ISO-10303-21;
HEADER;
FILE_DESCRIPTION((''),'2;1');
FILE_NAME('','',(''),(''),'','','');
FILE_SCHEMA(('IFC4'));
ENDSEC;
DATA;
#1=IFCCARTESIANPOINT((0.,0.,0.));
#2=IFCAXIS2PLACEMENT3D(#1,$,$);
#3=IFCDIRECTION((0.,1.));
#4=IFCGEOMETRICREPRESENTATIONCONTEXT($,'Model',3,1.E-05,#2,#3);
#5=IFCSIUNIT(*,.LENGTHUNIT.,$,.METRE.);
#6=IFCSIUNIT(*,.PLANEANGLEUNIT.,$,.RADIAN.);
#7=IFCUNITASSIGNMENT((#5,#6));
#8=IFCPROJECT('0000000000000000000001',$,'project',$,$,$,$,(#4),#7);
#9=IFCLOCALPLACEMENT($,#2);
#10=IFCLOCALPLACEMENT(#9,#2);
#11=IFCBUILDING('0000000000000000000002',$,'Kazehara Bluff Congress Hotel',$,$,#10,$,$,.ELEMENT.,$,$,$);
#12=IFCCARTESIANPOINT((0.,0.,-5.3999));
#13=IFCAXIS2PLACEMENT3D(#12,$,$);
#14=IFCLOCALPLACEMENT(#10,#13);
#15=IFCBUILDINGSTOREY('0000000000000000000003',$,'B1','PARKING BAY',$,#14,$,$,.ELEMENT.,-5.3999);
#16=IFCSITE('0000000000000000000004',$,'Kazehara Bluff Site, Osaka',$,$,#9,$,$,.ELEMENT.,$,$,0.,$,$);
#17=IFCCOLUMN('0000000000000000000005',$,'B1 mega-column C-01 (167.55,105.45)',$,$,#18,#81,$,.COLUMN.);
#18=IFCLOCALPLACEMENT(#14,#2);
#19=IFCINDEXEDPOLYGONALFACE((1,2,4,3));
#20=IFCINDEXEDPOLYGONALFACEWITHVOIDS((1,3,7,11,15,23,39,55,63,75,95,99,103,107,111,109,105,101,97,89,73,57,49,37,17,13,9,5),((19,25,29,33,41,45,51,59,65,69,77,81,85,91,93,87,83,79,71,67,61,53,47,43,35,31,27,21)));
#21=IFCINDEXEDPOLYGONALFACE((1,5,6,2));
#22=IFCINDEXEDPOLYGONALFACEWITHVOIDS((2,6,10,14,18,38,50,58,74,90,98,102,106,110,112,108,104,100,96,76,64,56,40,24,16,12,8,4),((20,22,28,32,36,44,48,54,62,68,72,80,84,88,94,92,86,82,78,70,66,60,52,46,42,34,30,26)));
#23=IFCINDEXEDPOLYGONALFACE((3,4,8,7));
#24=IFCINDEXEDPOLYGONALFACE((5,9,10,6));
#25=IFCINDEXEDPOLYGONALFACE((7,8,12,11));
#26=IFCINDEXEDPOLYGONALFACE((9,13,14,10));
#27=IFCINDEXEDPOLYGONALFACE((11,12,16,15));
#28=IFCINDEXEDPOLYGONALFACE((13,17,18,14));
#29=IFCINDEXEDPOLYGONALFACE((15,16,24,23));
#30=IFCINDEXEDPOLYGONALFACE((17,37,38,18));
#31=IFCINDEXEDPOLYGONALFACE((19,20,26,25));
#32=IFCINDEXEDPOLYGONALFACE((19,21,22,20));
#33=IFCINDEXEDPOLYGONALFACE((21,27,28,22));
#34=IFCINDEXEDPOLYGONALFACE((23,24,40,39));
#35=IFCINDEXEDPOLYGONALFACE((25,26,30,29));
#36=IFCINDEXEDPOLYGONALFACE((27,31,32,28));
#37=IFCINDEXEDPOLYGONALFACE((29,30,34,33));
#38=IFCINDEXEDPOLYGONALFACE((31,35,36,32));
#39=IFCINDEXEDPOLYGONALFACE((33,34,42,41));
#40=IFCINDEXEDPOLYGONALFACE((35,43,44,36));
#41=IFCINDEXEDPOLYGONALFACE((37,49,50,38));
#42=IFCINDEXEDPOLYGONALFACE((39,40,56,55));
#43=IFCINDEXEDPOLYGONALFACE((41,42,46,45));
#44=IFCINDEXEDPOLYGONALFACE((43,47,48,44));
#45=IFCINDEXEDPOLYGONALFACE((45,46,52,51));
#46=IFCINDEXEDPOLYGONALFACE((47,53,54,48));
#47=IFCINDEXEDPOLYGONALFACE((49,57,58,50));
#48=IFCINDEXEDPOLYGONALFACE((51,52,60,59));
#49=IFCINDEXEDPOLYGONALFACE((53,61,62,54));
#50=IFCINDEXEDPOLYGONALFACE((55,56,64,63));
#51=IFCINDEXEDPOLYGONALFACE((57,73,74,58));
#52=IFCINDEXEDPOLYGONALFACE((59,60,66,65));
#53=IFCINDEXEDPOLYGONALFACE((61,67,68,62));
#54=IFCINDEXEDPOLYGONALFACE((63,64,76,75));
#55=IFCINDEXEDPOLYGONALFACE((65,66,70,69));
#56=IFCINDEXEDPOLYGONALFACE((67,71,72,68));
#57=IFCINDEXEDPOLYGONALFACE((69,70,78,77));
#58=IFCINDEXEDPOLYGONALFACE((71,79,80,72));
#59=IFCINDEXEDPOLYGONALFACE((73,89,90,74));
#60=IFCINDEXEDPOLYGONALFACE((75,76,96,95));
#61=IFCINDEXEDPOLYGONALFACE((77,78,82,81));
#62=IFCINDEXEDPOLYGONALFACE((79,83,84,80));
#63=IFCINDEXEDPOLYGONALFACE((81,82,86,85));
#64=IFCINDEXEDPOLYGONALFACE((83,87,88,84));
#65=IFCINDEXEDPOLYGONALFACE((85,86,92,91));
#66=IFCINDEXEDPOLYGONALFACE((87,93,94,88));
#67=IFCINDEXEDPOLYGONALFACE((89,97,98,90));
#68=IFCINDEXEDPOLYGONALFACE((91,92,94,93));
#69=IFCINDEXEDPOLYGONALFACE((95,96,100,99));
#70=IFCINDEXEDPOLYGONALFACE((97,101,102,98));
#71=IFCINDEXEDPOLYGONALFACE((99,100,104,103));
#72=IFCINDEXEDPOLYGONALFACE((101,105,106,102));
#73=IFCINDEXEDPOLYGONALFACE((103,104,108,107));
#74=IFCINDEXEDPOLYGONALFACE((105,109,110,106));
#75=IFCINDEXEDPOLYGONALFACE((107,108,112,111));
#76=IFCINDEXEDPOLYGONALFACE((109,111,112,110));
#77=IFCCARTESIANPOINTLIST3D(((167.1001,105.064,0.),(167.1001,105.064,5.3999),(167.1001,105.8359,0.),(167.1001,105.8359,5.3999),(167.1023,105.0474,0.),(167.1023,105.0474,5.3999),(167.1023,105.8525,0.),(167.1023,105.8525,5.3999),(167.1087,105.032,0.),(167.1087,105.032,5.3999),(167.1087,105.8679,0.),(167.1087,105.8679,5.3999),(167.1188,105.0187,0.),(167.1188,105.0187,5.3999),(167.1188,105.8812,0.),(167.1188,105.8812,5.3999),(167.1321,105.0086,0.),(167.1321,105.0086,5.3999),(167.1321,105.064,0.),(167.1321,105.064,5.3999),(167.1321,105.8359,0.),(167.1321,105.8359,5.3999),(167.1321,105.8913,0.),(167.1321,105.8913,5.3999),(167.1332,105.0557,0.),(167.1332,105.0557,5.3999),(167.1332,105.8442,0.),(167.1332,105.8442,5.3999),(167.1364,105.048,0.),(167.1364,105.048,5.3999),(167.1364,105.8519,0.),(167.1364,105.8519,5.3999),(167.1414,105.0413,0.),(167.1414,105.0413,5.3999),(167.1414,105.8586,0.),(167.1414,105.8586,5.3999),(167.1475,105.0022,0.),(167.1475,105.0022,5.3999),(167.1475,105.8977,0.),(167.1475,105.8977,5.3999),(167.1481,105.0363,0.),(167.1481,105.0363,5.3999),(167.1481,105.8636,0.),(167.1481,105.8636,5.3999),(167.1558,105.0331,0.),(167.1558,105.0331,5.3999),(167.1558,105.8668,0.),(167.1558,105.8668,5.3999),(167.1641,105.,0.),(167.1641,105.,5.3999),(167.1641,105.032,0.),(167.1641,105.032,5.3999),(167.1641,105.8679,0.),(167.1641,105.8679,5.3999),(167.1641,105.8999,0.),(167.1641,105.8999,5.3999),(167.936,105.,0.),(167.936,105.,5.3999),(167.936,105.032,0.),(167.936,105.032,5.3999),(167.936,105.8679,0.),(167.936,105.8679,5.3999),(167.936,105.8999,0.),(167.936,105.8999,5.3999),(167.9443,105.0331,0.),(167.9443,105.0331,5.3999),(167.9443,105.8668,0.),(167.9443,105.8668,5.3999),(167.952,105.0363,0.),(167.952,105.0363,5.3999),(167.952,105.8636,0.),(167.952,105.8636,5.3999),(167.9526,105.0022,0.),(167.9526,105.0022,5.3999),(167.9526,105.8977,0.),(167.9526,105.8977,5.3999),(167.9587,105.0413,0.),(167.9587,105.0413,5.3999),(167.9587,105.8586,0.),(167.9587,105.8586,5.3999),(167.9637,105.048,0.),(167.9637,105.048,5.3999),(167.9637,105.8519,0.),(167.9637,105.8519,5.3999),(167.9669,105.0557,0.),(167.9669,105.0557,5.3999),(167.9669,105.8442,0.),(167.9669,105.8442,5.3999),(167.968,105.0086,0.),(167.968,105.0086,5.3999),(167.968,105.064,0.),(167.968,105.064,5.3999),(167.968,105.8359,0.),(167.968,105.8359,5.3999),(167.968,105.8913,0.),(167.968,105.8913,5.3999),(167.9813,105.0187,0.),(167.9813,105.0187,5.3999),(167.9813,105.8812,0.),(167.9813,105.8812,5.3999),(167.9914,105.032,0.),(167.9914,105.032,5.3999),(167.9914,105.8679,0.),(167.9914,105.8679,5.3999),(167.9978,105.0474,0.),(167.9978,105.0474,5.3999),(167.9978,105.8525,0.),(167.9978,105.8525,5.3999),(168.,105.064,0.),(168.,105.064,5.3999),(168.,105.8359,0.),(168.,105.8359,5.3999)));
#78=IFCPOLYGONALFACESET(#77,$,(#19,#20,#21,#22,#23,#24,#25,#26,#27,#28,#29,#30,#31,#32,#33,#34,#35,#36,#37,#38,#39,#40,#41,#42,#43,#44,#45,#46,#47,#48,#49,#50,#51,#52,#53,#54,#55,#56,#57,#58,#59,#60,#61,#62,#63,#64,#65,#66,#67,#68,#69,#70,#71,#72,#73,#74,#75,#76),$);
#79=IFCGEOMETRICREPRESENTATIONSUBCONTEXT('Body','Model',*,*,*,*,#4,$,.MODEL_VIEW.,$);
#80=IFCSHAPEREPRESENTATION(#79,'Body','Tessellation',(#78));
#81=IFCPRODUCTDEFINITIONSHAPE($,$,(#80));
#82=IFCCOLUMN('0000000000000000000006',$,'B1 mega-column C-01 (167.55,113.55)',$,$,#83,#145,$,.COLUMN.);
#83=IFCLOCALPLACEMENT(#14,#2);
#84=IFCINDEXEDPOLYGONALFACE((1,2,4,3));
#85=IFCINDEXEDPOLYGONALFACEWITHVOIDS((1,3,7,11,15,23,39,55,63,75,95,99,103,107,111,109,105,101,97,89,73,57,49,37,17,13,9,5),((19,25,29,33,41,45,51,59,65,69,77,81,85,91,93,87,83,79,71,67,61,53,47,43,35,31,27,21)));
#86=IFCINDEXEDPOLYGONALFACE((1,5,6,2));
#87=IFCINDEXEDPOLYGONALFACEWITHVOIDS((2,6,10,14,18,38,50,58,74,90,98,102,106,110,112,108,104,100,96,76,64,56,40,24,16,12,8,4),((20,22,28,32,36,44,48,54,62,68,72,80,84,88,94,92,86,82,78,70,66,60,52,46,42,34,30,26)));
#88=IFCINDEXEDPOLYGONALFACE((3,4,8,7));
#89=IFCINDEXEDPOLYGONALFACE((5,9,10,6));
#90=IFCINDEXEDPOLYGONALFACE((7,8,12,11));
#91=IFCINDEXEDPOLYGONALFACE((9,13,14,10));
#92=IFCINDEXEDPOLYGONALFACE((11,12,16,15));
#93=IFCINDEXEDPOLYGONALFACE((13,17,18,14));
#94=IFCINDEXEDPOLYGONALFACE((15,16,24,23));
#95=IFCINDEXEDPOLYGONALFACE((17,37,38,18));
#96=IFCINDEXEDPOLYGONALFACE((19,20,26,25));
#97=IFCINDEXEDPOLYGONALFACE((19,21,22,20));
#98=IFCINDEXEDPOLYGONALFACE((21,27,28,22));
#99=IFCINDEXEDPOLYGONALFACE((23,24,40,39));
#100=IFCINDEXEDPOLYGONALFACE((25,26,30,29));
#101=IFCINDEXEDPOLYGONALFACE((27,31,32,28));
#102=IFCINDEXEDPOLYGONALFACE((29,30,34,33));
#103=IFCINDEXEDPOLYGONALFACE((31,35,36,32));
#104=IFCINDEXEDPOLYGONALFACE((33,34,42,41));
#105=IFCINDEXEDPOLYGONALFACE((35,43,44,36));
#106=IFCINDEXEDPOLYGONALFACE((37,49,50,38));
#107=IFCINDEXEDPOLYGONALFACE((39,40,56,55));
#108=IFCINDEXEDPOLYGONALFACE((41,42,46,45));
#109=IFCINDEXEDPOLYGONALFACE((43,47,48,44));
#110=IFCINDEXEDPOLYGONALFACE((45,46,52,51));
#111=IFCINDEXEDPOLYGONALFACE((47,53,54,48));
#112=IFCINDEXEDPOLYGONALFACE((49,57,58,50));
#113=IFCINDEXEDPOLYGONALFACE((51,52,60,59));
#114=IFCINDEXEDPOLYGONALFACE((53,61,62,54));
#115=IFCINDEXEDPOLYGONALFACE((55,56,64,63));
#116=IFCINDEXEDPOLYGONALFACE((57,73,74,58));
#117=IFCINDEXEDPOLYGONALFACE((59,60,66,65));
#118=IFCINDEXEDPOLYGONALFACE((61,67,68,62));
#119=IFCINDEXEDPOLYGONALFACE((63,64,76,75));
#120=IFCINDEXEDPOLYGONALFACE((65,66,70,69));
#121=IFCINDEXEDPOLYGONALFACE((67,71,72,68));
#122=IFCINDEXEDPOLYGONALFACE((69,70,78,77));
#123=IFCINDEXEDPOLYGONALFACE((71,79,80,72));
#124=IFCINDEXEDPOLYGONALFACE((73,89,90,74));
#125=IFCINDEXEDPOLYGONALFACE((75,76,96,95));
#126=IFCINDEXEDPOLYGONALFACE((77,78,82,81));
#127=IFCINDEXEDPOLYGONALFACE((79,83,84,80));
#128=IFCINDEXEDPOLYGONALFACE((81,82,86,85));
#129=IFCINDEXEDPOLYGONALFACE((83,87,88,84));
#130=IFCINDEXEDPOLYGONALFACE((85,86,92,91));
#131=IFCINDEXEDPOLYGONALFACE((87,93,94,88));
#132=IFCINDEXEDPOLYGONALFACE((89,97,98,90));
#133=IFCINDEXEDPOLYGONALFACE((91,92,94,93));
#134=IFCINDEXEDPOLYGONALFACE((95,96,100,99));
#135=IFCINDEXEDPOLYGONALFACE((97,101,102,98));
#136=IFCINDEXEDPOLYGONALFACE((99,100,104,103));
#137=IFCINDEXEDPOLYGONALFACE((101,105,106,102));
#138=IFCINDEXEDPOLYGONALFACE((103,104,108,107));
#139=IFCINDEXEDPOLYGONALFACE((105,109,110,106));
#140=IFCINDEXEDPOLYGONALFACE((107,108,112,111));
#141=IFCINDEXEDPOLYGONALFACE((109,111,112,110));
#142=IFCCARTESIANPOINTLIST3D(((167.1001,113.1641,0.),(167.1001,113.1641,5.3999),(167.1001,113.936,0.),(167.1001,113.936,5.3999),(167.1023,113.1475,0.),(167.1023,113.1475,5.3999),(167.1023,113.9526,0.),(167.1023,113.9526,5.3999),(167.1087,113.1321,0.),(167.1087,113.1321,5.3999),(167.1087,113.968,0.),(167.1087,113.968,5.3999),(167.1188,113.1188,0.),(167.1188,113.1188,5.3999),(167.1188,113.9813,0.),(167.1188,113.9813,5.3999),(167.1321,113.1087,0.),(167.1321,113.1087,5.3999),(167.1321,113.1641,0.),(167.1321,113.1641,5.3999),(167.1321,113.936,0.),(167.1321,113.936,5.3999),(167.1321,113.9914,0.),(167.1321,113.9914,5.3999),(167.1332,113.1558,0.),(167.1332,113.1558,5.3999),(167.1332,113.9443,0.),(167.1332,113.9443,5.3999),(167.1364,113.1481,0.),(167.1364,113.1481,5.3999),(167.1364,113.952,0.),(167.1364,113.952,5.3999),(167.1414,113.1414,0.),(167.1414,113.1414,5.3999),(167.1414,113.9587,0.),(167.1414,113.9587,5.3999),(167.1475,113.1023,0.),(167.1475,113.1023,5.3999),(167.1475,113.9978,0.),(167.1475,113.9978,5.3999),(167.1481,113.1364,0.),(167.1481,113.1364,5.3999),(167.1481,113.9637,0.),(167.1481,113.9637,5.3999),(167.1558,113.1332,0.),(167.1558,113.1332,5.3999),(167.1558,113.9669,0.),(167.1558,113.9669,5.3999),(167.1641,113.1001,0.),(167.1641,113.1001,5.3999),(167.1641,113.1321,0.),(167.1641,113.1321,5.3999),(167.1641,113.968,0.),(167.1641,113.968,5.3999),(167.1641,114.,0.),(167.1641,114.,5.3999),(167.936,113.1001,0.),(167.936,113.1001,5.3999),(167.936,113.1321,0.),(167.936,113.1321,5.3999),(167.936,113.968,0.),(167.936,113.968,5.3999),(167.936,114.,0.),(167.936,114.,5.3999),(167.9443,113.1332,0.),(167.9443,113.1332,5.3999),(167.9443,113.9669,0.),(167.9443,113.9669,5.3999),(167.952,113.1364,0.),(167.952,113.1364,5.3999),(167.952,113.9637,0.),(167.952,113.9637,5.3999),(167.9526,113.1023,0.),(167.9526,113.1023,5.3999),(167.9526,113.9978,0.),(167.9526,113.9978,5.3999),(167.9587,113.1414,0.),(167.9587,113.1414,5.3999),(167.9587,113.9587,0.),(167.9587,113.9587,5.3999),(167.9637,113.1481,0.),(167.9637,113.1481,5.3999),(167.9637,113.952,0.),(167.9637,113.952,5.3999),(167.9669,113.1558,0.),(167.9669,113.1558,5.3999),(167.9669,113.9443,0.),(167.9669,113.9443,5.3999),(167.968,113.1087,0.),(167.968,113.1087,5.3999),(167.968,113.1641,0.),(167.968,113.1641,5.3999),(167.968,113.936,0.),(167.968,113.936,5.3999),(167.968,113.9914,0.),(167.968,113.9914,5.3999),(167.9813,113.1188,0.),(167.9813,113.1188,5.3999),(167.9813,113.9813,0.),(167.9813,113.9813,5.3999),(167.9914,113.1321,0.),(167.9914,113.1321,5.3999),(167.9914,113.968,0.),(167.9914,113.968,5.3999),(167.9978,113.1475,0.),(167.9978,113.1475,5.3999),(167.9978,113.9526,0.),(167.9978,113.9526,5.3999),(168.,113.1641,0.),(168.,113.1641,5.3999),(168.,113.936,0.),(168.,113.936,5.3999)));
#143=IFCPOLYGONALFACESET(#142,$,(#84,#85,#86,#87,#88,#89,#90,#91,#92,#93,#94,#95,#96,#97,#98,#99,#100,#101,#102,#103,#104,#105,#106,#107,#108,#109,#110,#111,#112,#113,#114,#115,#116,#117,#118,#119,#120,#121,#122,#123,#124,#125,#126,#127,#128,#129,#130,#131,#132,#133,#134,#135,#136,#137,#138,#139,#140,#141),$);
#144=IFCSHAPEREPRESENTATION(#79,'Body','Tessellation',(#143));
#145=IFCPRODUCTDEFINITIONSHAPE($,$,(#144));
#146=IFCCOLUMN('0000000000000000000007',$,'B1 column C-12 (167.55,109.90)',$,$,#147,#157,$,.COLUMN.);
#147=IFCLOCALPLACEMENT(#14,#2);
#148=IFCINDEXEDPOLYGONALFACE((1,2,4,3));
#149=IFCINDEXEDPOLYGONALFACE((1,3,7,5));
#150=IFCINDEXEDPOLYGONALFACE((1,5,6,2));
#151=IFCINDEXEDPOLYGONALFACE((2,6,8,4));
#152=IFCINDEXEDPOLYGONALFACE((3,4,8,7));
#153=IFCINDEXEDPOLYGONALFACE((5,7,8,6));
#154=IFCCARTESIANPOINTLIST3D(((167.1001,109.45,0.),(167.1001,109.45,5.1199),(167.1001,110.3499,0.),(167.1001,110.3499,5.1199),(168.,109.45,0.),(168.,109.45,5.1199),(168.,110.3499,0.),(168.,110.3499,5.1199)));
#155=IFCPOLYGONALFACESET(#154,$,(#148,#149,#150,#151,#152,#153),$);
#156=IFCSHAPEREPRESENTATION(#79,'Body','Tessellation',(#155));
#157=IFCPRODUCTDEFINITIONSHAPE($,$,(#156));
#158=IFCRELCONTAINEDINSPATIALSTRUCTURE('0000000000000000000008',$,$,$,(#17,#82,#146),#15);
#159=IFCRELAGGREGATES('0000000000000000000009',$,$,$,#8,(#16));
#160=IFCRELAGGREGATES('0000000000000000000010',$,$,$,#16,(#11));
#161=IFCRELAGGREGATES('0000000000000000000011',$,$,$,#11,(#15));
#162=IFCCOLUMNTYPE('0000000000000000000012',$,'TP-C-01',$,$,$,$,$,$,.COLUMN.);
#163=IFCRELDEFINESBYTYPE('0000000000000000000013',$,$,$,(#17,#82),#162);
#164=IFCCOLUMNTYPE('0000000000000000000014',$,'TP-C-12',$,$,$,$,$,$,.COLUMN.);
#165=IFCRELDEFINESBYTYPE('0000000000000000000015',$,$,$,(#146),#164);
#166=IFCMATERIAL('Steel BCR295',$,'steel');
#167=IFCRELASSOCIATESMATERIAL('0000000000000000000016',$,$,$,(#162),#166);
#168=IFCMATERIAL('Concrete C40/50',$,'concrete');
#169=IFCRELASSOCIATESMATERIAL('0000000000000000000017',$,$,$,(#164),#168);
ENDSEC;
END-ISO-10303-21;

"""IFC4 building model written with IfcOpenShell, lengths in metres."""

from ifc_helpers import new_model, si_unit, direction, frame, origin, origin_2d, place, context, subcontext, project, spatial, rectangle, hollow_rectangle, extrude, material, material_profile, profile_set, type_object, element, save


model = new_model("IFC4")

# Units and contexts
model_context = context("Model", 3, precision=1e-05, world=origin(), true_north=direction((0.0, 1.0)))
body_context = subcontext(model_context, "Body", "Model", "MODEL_VIEW")
ifc_project = project(units=[si_unit("LENGTHUNIT", "METRE"), si_unit("PLANEANGLEUNIT", "RADIAN")], contexts=[model_context])

# Site, building, storey
site_placement = place(None, origin())
site = spatial("IfcSite", under=ifc_project, at=site_placement, Name="Kazehara Bluff Site, Osaka", CompositionType="ELEMENT", RefElevation=0.0)
building_placement = place(site_placement, origin())
building = spatial("IfcBuilding", under=site, at=building_placement, Name="Kazehara Bluff Congress Hotel", CompositionType="ELEMENT")
storey_placement = place(building_placement, frame((0.0, 0.0, -5.3999)))
storey = spatial("IfcBuildingStorey", under=building, at=storey_placement, Name="B1", Description="PARKING BAY", CompositionType="ELEMENT", Elevation=-5.3999)

# Columns
ifc_material_1 = material(Name="Steel BCR295", Category="steel")
ifc_material_profile_1 = material_profile(ifc_material_1, hollow_rectangle(XDim=0.8999, YDim=0.8999, WallThickness=0.032, InnerFilletRadius=0.032, OuterFilletRadius=0.064, at=origin_2d()))
ifc_profile_set_1 = profile_set([ifc_material_profile_1], Name="Steel BCR295")
column_type_1 = type_object("IfcColumnType", Name="TP-C-01", PredefinedType="COLUMN", material=ifc_profile_set_1)
for number, where, z_axis, x_axis, name in (
    (1, (167.55, 105.45, 0.0), (0.0, 0.0, 1.0), (1.0, 0.0, 0.0), "B1 mega-column C-01 (167.55,105.45)"),
    (2, (167.55, 113.55, 0.0), (0.0, 0.0, 1.0), (1.0, 0.0, 0.0), "B1 mega-column C-01 (167.55,113.55)"),
):
    element("IfcColumn", number, at=place(storey_placement, frame(where, z_axis=z_axis, x_axis=x_axis)), inside=storey, type_object=column_type_1, Name=name, PredefinedType="COLUMN", context=body_context, shape_type="SweptSolid", body=[
        extrude(hollow_rectangle(XDim=0.8999, YDim=0.8999, WallThickness=0.032, InnerFilletRadius=0.032, OuterFilletRadius=0.064, at=origin_2d()), origin(), (0.0, 0.0, 1.0), 5.3999),
    ])
ifc_material_2 = material(Name="Concrete C40/50", Category="concrete")
ifc_material_profile_2 = material_profile(ifc_material_2, rectangle(XDim=0.8999, YDim=0.8999, at=origin_2d()))
ifc_profile_set_2 = profile_set([ifc_material_profile_2], Name="Concrete C40/50")
column_type_2 = type_object("IfcColumnType", Name="TP-C-12", PredefinedType="COLUMN", material=ifc_profile_set_2)
column_placement = place(storey_placement, frame((167.55, 109.8999, 0.0), z_axis=(0.0, 0.0, 1.0), x_axis=(1.0, 0.0, 0.0)))
element("IfcColumn", 3, at=column_placement, inside=storey, type_object=column_type_2, Name="B1 column C-12 (167.55,109.90)", PredefinedType="COLUMN", context=body_context, shape_type="SweptSolid", body=[
    extrude(rectangle(XDim=0.8999, YDim=0.8999, at=origin_2d()), origin(), (0.0, 0.0, 1.0), 5.1199),
])

save(model, "model.ifc")
